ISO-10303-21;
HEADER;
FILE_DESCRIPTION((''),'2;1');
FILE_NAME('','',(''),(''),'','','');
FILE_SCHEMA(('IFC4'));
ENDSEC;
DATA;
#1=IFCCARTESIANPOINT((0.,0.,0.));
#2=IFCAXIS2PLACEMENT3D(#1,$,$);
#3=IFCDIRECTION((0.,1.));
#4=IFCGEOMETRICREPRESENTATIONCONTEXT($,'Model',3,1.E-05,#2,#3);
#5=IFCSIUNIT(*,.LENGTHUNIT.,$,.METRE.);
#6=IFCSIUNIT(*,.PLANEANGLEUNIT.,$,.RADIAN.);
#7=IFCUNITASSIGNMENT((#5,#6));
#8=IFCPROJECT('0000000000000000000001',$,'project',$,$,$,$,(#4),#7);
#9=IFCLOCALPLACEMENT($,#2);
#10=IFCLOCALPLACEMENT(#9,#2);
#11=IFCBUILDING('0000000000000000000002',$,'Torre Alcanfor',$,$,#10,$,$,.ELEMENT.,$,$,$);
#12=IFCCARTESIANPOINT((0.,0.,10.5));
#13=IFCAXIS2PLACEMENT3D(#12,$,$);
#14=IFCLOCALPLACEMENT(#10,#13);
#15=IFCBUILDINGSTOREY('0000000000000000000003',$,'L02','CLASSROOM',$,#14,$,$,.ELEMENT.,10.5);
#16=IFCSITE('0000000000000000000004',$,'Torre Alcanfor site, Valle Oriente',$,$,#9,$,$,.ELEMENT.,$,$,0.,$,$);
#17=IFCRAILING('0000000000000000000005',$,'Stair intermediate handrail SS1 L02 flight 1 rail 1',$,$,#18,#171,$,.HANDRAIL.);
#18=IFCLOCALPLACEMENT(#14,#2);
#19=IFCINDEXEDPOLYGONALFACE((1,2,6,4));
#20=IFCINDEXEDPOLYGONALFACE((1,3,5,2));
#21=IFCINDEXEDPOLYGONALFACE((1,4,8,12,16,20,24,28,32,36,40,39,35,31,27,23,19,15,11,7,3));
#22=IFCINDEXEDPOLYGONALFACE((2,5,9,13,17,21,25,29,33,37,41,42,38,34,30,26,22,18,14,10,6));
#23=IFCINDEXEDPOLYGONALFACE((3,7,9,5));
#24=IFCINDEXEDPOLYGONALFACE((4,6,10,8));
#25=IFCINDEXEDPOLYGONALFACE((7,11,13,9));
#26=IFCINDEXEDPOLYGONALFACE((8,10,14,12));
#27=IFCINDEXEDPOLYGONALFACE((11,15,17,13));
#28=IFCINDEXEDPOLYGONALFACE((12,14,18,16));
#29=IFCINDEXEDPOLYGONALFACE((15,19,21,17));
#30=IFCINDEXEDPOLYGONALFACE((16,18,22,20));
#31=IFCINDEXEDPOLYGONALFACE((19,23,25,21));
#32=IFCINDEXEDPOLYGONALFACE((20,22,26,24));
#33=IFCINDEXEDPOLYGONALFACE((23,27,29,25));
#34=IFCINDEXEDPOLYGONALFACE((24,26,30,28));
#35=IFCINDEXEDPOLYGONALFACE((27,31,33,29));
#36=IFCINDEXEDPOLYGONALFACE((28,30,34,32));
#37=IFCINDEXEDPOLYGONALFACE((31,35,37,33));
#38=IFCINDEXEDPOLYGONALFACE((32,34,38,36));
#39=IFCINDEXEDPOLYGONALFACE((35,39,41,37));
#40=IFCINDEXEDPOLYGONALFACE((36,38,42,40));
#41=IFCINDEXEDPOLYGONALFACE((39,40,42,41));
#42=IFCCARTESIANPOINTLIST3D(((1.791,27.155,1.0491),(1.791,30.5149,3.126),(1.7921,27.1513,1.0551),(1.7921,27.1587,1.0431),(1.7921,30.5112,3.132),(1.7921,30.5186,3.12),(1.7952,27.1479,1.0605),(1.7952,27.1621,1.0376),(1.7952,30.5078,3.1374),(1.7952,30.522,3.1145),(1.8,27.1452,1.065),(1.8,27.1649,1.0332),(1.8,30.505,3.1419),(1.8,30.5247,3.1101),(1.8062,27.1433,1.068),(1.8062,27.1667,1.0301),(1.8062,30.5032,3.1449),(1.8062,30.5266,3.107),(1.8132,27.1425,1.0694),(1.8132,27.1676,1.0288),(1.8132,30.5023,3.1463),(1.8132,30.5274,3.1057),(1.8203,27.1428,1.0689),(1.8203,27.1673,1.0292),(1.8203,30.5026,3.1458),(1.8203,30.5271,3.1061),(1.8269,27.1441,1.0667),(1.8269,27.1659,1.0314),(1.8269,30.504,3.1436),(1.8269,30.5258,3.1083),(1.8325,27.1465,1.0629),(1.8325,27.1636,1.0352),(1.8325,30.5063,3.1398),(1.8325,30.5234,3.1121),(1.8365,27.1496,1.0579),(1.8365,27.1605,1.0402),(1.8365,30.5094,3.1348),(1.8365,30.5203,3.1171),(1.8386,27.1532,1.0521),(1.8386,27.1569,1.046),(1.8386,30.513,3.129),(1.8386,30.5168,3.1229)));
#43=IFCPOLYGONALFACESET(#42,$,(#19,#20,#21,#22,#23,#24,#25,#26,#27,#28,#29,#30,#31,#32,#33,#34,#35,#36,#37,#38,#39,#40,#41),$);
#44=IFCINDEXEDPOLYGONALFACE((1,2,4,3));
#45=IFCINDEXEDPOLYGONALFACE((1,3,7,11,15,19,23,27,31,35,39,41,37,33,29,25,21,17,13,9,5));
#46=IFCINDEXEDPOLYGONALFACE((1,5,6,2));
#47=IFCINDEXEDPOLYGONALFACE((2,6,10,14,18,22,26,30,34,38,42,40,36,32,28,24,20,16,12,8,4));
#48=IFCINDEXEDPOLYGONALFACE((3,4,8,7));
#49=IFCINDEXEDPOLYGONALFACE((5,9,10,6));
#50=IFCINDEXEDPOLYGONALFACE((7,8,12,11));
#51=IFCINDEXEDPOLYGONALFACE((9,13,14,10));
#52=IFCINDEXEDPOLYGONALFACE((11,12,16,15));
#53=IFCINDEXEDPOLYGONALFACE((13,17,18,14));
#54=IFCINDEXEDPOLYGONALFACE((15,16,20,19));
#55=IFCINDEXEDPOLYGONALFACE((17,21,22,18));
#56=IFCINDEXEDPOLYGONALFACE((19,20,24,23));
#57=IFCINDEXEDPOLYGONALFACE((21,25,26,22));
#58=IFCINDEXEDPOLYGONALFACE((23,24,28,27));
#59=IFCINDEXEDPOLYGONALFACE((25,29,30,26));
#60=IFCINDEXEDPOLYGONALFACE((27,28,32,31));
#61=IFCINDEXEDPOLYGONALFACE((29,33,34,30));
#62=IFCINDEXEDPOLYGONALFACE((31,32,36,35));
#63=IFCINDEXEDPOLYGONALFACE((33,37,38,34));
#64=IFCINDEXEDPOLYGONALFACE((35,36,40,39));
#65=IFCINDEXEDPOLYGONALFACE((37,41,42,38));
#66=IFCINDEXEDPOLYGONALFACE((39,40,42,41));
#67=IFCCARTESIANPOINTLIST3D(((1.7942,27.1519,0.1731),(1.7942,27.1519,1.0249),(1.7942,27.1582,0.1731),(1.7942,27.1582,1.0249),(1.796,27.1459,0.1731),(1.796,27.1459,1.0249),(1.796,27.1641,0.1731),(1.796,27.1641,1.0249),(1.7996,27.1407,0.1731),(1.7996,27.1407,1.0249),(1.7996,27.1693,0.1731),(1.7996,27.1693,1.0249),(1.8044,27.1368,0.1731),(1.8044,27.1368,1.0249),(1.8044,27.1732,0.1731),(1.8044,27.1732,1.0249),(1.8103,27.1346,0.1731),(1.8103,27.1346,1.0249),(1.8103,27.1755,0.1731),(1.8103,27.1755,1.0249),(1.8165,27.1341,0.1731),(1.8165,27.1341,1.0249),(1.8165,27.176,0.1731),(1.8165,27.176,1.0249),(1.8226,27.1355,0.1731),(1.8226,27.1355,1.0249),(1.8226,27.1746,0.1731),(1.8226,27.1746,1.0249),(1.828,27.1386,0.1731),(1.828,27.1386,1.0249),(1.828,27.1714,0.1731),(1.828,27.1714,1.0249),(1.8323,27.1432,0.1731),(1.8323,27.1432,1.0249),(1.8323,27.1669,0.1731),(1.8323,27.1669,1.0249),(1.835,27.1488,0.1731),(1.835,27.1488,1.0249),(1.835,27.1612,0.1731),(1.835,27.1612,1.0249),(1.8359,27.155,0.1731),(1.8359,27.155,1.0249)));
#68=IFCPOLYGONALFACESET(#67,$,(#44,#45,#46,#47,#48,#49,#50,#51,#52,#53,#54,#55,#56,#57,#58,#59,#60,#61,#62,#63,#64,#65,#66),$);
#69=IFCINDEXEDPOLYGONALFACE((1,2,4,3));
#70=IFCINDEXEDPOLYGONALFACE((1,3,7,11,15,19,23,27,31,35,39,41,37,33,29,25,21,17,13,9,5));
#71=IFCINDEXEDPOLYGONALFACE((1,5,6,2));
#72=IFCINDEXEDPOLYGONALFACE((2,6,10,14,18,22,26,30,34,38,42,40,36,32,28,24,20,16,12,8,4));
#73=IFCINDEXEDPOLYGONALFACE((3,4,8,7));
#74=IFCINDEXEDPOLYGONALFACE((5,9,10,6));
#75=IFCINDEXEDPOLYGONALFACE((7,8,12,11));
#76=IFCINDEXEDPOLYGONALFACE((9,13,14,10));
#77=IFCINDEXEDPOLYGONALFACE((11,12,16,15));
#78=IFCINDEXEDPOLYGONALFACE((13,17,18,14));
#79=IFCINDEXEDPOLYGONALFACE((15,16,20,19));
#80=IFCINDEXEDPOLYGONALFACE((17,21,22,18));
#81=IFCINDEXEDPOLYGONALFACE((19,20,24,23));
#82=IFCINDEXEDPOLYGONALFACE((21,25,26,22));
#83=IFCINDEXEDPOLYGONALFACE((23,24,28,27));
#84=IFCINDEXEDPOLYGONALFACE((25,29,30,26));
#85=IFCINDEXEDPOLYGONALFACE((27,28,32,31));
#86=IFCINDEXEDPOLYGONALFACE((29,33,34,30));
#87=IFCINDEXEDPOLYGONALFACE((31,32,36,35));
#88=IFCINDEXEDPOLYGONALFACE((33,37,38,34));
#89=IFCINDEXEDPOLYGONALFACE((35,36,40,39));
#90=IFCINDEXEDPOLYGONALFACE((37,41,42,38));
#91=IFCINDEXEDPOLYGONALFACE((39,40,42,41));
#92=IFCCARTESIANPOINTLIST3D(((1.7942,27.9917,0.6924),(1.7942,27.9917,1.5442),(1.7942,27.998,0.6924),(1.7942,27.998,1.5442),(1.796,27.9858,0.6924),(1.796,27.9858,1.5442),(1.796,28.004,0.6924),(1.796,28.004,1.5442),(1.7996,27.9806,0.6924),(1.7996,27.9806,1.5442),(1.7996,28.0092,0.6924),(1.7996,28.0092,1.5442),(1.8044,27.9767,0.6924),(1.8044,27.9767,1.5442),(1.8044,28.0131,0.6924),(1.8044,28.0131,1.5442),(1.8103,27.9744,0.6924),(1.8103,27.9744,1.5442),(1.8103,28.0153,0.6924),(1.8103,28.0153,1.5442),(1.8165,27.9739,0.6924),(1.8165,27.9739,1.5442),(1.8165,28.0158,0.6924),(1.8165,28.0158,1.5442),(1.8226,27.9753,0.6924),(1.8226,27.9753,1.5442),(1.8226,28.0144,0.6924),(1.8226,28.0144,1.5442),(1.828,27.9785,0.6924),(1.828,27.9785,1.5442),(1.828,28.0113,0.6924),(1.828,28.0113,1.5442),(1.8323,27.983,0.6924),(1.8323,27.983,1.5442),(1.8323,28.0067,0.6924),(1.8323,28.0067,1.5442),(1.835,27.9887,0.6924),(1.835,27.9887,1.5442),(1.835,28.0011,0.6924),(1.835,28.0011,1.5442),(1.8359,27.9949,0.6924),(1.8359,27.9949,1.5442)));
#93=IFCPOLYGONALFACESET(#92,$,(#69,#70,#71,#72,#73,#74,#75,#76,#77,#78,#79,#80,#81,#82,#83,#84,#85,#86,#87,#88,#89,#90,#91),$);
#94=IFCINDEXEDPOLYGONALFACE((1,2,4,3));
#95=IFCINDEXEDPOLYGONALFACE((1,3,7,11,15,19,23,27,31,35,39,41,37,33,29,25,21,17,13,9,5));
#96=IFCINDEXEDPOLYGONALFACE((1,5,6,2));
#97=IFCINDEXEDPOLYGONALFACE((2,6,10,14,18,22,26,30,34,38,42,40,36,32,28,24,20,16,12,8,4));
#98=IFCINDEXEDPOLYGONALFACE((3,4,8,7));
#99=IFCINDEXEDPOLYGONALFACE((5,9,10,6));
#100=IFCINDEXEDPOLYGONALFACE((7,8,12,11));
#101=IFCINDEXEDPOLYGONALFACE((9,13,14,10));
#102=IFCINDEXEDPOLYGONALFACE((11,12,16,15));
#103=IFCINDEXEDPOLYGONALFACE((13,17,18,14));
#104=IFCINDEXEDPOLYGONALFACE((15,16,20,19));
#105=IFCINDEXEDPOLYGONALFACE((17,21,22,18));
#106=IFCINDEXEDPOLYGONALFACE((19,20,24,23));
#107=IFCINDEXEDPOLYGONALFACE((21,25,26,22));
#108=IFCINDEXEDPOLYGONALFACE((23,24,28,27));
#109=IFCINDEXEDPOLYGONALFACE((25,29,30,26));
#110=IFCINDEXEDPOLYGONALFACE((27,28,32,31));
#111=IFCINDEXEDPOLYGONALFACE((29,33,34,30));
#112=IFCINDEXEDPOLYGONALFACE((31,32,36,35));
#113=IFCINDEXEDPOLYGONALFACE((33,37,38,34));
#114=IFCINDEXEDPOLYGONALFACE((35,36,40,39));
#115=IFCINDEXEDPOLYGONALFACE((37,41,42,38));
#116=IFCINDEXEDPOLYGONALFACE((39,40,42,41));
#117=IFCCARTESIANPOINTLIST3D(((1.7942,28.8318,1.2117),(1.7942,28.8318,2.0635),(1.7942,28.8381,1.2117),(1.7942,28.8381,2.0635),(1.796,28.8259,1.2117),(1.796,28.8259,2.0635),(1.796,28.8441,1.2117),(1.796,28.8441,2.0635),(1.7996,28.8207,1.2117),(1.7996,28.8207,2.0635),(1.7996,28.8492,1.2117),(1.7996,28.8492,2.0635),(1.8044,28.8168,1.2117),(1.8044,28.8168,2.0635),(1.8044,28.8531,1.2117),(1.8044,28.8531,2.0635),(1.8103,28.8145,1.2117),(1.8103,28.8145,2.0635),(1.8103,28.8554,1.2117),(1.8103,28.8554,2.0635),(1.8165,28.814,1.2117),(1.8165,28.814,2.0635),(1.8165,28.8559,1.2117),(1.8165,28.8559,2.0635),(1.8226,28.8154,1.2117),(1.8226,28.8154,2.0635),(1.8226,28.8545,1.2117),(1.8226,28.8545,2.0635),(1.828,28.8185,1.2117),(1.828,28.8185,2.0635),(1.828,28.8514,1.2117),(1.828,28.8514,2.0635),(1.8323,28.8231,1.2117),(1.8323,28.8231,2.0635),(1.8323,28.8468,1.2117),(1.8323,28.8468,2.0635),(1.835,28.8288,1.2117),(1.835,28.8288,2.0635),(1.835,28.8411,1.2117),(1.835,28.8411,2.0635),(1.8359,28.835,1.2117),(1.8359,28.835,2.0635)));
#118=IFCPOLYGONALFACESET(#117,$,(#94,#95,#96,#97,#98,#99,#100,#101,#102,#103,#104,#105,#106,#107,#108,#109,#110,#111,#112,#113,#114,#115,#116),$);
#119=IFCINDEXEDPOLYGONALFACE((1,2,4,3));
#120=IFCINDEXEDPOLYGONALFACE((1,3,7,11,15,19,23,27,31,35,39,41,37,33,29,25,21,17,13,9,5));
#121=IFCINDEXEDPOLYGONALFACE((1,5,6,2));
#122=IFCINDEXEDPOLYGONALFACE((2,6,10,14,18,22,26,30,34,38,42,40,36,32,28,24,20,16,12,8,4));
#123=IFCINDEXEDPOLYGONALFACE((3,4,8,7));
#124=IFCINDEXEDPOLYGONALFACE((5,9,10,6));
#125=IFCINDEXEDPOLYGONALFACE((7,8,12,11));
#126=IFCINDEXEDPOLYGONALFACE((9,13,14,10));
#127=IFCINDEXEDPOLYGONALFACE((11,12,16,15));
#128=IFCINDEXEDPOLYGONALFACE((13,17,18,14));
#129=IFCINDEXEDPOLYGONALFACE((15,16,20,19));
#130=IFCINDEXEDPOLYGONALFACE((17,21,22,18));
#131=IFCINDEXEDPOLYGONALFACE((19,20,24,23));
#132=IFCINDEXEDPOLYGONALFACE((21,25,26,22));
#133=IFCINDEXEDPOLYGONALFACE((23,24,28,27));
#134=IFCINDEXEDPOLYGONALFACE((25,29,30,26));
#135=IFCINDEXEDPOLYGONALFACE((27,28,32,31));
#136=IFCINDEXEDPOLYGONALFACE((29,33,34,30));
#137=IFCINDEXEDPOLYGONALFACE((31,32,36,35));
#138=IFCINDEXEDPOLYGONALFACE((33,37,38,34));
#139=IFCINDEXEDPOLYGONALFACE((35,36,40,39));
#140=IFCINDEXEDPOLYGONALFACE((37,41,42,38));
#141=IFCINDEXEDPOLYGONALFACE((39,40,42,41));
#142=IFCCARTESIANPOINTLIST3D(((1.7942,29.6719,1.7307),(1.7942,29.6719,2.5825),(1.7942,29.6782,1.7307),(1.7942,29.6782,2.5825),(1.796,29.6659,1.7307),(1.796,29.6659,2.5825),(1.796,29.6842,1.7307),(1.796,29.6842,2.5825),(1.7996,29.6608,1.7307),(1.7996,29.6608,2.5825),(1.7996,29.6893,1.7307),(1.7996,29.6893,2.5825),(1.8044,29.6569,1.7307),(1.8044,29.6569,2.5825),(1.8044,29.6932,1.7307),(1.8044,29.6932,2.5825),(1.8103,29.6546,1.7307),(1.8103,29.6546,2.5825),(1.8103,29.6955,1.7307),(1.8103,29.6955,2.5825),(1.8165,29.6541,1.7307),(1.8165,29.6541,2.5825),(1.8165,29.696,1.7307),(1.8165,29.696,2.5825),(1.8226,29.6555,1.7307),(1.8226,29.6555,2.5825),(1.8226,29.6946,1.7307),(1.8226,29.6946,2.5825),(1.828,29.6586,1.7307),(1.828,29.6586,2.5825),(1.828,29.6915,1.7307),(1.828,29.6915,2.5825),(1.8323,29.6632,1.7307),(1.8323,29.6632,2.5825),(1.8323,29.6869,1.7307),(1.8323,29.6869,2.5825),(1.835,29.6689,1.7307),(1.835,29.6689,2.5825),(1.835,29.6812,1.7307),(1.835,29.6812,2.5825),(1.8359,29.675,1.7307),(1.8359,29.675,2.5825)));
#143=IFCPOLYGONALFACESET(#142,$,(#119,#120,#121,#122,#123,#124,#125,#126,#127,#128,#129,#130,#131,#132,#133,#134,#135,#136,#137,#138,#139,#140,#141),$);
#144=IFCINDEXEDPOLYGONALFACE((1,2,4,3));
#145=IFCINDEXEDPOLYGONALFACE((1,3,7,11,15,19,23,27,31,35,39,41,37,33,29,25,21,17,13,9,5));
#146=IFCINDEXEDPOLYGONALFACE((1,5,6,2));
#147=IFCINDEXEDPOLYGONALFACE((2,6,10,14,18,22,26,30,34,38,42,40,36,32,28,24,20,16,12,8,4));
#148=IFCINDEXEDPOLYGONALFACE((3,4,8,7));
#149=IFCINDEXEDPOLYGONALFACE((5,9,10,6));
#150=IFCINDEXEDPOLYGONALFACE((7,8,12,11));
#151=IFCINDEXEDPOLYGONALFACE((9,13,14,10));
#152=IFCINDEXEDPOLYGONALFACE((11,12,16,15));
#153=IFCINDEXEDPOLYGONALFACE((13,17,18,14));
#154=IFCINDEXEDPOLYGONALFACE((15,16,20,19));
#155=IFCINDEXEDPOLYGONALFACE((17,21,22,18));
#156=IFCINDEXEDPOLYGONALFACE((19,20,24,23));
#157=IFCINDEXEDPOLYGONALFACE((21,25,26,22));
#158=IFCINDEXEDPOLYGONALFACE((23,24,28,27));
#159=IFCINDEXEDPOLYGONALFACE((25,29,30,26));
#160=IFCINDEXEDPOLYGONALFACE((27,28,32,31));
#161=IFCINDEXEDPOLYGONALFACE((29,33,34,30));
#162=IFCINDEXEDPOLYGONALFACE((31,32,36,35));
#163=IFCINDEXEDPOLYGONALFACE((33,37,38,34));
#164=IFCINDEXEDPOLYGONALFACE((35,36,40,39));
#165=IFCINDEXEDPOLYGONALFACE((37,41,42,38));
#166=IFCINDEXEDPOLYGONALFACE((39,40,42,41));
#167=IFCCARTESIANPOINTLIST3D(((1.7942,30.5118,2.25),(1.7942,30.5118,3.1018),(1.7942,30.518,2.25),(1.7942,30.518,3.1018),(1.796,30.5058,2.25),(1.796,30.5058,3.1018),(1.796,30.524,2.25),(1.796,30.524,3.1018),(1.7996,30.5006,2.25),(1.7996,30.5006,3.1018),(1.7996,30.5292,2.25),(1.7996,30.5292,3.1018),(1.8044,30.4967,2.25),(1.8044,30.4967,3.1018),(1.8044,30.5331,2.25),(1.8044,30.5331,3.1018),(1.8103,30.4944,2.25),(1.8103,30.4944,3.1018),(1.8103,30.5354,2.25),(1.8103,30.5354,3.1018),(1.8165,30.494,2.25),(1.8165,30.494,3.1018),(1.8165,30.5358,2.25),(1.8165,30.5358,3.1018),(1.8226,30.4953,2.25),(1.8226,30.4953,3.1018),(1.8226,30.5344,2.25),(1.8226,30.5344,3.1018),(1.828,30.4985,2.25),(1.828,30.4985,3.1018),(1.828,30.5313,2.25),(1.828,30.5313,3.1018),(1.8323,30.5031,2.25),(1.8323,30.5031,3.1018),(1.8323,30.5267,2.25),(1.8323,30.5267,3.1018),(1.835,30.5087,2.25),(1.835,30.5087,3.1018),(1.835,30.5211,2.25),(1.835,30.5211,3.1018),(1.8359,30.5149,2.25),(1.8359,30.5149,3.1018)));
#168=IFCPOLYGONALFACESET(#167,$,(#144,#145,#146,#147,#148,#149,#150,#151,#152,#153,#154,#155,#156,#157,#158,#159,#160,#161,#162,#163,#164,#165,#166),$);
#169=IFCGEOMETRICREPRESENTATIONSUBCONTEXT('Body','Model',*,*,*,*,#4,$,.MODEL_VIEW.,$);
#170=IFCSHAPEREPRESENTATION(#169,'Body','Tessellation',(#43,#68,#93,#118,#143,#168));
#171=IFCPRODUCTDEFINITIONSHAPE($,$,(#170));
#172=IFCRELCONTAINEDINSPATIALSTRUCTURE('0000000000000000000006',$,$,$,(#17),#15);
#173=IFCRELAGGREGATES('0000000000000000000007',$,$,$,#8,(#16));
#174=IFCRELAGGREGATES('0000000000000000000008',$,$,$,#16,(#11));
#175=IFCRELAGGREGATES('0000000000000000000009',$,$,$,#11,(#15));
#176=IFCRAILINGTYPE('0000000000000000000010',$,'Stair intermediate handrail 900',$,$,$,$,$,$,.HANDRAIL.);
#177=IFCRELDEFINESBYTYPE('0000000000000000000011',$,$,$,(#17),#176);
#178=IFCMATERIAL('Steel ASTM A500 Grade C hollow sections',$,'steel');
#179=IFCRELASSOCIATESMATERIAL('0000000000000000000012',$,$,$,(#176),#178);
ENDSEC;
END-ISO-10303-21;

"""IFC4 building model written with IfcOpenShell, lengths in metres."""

from ifc_helpers import new_model, si_unit, direction, frame, origin, origin_2d, place, context, subcontext, project, spatial, circle, extrude, material, type_object, element, save


model = new_model("IFC4")

# Units and contexts
model_context = context("Model", 3, precision=1e-05, world=origin(), true_north=direction((0.0, 1.0)))
body_context = subcontext(model_context, "Body", "Model", "MODEL_VIEW")
ifc_project = project(units=[si_unit("LENGTHUNIT", "METRE"), si_unit("PLANEANGLEUNIT", "RADIAN")], contexts=[model_context])

# Site, building, storey
site_placement = place(None, origin())
site = spatial("IfcSite", under=ifc_project, at=site_placement, Name="Torre Alcanfor site, Valle Oriente", CompositionType="ELEMENT", RefElevation=0.0)
building_placement = place(site_placement, origin())
building = spatial("IfcBuilding", under=site, at=building_placement, Name="Torre Alcanfor", CompositionType="ELEMENT")
storey_placement = place(building_placement, frame((0.0, 0.0, 10.5)))
storey = spatial("IfcBuildingStorey", under=building, at=storey_placement, Name="L02", Description="CLASSROOM", CompositionType="ELEMENT", Elevation=10.5)

# Railing
ifc_material_1 = material(Name="Steel ASTM A500 Grade C hollow sections", Category="steel")
railing_type_1 = type_object("IfcRailingType", Name="Stair intermediate handrail 900", PredefinedType="HANDRAIL", material=ifc_material_1)
railing_1_placement = place(storey_placement, frame((1.8149, 27.155, 0.1731)))
element("IfcRailing", 1, at=railing_1_placement, inside=storey, type_object=railing_type_1, Name="Stair intermediate handrail SS1 L02 flight 1 rail 1", PredefinedType="HANDRAIL", context=body_context, shape_type="SweptSolid", body=[
    extrude(circle(Radius=0.0239, at=origin_2d()), frame((0.0, 0.0, 0.876), z_axis=(0.0, 0.850606, 0.525803), x_axis=(-1.0, 0.0, 0.0)), (0.0, 0.0, 1.0), 3.95),
    extrude(circle(Radius=0.021, at=origin_2d()), origin(), (0.0, 0.0, 1.0), 0.8518),
    extrude(circle(Radius=0.021, at=origin_2d()), frame((0.0, 0.8398, 0.5193)), (0.0, 0.0, 1.0), 0.8518),
    extrude(circle(Radius=0.021, at=origin_2d()), frame((0.0, 1.6799, 1.0386)), (0.0, 0.0, 1.0), 0.8518),
    extrude(circle(Radius=0.021, at=origin_2d()), frame((0.0, 2.52, 1.5576)), (0.0, 0.0, 1.0), 0.8518),
    extrude(circle(Radius=0.021, at=origin_2d()), frame((0.0, 3.3599, 2.0769)), (0.0, 0.0, 1.0), 0.8518),
])

save(model, "model.ifc")
